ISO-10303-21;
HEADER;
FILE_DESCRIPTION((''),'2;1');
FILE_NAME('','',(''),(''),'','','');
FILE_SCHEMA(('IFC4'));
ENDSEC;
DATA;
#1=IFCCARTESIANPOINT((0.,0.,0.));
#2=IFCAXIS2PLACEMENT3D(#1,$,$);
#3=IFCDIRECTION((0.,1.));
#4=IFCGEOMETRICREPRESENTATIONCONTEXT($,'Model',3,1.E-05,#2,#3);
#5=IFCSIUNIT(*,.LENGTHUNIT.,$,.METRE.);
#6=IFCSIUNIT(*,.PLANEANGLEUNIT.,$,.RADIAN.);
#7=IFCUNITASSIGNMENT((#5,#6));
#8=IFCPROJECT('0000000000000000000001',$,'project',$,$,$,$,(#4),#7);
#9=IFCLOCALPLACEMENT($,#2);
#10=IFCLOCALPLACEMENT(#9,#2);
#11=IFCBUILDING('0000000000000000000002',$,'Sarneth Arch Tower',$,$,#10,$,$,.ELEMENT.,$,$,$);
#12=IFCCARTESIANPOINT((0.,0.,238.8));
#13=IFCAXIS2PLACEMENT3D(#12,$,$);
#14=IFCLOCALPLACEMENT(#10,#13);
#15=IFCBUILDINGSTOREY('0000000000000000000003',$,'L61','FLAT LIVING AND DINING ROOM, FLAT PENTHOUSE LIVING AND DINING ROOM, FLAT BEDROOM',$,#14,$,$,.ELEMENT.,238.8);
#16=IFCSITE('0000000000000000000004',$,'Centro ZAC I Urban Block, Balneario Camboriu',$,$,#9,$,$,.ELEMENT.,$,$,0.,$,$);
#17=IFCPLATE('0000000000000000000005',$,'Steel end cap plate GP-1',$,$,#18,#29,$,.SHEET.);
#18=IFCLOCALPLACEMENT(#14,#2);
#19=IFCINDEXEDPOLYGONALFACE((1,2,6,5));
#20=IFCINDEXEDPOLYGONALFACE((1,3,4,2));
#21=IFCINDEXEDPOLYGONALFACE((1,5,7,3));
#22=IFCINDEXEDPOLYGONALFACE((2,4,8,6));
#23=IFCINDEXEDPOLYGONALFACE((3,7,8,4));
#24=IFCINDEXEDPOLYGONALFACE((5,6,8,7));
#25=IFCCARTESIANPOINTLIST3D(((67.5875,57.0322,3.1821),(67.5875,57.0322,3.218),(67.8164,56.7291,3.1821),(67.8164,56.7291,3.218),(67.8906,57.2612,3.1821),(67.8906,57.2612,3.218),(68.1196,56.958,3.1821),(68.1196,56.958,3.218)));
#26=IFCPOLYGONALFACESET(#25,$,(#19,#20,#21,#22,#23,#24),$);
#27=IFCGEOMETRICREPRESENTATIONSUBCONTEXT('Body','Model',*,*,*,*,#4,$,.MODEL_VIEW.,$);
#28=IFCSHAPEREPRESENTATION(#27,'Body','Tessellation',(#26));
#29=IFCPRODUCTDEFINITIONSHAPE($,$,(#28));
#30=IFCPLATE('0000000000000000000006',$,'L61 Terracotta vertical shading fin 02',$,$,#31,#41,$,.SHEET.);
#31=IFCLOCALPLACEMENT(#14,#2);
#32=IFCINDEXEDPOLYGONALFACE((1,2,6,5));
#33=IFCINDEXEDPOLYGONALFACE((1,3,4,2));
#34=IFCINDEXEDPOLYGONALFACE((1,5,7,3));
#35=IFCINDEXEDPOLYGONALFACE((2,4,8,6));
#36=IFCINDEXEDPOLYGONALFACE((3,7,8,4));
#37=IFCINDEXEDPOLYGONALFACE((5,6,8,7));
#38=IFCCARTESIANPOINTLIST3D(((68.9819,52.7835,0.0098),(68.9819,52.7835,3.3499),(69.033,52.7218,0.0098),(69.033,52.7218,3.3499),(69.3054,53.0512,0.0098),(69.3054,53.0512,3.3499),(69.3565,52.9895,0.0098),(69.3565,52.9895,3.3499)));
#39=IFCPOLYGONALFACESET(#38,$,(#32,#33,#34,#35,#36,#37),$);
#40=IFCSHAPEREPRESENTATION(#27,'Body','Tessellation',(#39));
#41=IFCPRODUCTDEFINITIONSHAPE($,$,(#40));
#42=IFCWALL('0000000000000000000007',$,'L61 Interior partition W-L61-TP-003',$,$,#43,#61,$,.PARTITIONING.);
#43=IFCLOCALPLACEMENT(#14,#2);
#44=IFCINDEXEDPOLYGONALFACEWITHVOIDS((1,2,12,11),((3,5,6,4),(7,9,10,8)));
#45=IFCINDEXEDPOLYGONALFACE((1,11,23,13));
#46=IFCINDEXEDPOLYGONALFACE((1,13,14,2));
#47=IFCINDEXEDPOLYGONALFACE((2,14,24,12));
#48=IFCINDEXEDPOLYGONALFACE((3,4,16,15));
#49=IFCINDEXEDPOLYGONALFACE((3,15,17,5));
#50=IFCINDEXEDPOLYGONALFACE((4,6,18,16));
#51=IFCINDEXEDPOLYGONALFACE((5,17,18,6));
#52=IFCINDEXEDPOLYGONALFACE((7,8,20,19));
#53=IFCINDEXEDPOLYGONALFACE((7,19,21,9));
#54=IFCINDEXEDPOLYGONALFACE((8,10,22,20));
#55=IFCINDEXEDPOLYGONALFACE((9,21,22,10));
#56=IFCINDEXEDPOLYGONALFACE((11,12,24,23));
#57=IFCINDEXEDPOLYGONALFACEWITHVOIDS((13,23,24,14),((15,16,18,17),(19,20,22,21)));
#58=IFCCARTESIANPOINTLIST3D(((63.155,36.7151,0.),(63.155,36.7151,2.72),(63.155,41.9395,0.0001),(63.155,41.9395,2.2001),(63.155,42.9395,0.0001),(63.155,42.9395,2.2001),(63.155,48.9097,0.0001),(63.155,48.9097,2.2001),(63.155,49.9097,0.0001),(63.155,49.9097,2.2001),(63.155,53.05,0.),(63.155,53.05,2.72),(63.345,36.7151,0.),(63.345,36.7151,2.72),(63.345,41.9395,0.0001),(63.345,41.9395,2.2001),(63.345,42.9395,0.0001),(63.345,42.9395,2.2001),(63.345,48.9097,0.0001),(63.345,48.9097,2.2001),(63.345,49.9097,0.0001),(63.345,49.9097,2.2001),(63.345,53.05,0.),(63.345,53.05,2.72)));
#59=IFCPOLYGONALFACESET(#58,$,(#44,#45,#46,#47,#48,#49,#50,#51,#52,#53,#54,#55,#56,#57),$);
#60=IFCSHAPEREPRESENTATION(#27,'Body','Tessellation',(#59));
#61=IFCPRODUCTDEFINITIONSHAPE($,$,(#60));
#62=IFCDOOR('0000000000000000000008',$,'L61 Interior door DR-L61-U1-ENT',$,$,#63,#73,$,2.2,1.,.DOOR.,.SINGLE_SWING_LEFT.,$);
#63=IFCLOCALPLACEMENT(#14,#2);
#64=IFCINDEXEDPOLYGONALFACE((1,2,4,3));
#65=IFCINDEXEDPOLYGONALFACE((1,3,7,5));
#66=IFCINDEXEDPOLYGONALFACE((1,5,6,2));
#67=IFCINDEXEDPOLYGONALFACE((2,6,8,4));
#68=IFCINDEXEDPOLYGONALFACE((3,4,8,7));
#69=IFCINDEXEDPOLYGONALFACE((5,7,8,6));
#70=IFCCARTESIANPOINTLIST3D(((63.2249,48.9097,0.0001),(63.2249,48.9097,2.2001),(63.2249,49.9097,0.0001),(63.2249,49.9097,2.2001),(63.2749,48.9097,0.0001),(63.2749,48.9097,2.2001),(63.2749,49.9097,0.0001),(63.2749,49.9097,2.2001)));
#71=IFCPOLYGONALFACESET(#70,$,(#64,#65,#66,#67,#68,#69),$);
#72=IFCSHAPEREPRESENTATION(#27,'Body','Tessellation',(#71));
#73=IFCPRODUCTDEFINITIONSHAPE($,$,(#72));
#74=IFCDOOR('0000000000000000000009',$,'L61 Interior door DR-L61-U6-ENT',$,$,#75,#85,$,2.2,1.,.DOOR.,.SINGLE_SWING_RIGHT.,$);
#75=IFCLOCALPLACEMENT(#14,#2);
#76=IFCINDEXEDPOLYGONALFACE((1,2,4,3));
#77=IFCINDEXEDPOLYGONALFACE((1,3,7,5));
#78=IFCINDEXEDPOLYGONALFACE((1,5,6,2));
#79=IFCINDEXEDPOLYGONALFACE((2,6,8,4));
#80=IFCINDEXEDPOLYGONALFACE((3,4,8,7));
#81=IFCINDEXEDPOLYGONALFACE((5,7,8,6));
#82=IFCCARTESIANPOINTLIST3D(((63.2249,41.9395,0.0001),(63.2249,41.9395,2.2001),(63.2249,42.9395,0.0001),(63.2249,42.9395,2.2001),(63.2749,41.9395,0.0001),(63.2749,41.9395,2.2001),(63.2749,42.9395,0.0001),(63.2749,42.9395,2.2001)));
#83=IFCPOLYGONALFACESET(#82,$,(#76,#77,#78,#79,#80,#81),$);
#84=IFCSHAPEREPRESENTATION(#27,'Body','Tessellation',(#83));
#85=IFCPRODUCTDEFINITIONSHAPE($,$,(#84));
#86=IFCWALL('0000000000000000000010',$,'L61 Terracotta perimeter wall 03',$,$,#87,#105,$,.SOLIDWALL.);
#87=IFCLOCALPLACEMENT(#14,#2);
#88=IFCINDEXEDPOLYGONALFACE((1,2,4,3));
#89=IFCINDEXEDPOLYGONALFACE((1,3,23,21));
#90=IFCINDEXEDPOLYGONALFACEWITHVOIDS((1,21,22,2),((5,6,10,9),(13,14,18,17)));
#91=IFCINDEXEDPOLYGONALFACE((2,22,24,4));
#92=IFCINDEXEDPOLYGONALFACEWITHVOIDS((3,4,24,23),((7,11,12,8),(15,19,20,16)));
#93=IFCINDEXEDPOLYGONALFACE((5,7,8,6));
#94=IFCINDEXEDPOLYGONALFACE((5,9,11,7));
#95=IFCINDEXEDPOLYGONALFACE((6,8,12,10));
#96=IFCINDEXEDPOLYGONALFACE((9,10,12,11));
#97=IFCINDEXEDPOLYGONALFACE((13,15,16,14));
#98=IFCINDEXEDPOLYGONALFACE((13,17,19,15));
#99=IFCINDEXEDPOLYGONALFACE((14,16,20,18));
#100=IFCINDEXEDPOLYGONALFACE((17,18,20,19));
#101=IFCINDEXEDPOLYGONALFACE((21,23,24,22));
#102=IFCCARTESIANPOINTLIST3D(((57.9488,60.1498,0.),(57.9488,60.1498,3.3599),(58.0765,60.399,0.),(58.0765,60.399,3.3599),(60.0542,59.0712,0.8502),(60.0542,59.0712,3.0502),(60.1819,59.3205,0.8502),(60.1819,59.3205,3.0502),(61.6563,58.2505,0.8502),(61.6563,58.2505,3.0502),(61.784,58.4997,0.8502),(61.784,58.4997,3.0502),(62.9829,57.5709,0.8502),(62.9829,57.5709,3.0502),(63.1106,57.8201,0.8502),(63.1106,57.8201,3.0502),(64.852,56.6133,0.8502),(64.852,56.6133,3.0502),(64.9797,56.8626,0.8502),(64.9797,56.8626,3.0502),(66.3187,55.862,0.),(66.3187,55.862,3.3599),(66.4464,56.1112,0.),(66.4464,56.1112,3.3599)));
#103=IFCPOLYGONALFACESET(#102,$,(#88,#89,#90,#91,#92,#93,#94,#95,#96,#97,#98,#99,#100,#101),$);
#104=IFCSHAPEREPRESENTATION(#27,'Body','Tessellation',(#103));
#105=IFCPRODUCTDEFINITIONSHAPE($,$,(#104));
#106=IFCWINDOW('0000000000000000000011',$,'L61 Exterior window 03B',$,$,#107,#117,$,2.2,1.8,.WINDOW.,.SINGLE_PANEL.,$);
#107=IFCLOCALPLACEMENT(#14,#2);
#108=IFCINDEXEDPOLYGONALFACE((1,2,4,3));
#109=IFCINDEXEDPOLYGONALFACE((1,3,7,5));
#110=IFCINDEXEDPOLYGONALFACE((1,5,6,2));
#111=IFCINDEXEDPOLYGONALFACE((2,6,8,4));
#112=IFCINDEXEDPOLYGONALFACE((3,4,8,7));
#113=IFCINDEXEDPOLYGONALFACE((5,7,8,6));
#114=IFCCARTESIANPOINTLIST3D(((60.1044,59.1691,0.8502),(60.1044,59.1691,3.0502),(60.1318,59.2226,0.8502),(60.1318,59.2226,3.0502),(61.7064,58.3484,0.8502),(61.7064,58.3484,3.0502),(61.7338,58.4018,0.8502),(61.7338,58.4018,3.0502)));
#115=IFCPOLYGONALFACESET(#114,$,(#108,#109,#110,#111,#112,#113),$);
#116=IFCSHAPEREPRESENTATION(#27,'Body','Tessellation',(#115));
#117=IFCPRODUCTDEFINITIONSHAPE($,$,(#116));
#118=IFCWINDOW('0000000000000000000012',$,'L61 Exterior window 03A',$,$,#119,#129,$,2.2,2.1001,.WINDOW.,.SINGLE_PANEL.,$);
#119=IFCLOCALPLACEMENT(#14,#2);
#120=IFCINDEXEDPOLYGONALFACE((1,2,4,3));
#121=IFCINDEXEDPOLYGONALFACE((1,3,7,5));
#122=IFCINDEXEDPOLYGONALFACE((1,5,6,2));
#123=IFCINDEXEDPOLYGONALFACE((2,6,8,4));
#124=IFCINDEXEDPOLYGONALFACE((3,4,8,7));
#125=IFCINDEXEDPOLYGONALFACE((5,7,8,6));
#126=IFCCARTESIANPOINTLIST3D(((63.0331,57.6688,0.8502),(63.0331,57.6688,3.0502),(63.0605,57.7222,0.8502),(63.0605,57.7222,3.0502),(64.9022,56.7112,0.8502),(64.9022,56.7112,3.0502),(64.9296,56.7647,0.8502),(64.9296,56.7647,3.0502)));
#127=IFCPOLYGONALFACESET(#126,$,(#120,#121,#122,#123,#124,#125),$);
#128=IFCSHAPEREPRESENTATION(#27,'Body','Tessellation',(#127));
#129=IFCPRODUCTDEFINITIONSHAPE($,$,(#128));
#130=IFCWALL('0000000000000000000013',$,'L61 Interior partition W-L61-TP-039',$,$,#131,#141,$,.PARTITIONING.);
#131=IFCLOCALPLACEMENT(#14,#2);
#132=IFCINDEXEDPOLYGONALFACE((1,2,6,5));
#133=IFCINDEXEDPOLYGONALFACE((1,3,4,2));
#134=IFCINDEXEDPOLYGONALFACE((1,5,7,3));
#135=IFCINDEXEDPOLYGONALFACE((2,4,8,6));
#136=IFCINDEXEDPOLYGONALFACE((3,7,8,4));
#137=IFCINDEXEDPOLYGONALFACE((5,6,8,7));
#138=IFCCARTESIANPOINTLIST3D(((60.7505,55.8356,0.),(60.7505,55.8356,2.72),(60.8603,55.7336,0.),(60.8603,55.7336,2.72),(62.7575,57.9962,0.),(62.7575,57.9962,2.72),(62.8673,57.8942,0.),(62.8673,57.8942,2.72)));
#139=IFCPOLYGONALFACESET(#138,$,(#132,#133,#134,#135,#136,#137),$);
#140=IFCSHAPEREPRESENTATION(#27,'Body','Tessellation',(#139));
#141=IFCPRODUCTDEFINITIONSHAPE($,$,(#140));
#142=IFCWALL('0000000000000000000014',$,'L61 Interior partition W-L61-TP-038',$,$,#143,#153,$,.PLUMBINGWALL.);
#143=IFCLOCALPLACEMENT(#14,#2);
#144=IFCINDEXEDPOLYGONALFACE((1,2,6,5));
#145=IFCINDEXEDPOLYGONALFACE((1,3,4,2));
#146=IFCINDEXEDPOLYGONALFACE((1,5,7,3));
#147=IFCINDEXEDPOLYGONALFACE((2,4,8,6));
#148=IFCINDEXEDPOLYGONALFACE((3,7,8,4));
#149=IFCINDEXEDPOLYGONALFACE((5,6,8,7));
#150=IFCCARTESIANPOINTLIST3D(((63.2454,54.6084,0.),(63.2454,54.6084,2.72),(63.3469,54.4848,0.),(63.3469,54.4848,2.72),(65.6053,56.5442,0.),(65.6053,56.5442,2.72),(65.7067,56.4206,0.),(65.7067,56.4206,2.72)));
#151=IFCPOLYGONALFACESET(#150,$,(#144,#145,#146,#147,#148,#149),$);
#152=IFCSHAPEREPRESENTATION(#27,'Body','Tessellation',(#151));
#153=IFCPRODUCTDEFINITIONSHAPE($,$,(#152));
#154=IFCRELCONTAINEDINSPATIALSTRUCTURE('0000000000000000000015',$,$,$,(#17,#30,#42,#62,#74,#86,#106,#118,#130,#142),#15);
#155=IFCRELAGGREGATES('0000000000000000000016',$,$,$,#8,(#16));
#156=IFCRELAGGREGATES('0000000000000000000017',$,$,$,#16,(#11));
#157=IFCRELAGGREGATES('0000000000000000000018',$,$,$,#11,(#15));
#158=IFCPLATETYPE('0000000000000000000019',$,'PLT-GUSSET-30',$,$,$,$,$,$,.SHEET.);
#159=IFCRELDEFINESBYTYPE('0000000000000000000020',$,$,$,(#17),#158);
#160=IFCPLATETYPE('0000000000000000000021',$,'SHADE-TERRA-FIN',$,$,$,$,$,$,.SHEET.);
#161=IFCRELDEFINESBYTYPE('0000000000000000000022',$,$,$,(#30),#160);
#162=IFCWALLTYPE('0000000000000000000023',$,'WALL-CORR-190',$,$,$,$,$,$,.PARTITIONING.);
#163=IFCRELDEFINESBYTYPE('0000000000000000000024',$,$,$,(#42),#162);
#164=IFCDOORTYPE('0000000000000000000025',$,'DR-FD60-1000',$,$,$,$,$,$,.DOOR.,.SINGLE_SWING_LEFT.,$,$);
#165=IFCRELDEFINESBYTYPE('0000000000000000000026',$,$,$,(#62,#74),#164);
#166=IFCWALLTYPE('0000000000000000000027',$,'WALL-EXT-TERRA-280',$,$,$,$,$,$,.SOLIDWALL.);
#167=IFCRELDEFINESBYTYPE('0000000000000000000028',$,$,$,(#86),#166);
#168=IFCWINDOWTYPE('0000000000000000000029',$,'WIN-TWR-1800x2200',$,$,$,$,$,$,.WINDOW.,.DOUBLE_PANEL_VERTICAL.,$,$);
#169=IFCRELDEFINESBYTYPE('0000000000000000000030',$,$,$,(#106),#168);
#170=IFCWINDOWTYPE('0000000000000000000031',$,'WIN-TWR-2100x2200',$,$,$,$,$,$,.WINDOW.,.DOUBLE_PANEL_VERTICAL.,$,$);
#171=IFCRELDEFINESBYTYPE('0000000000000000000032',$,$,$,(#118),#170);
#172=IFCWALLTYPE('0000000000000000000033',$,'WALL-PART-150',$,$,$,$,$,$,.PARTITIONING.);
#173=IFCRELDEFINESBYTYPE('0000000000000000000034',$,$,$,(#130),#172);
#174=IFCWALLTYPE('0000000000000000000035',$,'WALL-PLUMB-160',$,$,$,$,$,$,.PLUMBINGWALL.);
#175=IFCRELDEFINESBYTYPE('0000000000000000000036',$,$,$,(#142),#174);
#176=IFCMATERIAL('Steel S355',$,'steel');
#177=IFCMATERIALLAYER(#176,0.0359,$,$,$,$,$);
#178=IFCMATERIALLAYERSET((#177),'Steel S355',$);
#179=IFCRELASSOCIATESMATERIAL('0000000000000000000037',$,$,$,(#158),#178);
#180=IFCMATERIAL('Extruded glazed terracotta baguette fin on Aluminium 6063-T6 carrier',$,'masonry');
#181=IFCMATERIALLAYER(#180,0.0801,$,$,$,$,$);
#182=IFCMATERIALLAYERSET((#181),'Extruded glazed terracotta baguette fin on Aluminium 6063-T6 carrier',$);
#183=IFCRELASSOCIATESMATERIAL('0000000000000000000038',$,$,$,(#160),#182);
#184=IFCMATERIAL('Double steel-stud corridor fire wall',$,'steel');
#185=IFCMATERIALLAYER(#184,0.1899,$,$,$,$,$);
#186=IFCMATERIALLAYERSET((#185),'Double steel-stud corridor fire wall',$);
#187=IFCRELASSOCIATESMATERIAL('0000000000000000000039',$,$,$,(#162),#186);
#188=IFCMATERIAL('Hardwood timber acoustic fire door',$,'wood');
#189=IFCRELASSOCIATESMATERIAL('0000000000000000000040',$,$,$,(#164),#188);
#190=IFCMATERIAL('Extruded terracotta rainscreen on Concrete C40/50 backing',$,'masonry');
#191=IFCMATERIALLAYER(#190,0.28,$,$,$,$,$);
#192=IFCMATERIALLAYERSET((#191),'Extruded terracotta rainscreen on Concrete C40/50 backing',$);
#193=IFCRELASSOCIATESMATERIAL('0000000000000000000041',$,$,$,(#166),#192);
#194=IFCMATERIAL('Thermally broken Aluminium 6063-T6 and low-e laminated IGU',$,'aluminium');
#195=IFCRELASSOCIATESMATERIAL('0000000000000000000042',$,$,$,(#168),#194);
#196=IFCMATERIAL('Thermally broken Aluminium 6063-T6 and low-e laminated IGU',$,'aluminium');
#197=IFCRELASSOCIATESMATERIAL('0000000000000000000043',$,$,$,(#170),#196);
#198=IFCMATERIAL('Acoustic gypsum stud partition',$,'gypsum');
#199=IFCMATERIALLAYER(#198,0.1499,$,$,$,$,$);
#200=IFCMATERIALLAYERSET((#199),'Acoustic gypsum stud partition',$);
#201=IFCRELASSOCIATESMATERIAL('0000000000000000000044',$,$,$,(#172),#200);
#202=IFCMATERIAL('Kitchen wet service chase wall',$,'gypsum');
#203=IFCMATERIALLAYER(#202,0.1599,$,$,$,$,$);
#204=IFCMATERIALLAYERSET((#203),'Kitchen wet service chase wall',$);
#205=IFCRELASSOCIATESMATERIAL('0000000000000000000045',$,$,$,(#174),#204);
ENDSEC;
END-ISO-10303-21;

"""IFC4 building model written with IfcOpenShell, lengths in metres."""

from ifc_helpers import new_model, si_unit, direction, frame, frame_2d, origin, origin_2d, place, context, subcontext, project, spatial, rectangle, extrude, material, layer, layer_set, type_object, element, fill, save


model = new_model("IFC4")

# Units and contexts
model_context = context("Model", 3, precision=1e-05, world=origin(), true_north=direction((0.0, 1.0)))
body_context = subcontext(model_context, "Body", "Model", "MODEL_VIEW")
ifc_project = project(units=[si_unit("LENGTHUNIT", "METRE"), si_unit("PLANEANGLEUNIT", "RADIAN")], contexts=[model_context])

# Site, building, storey
site_placement = place(None, origin())
site = spatial("IfcSite", under=ifc_project, at=site_placement, Name="Centro ZAC I Urban Block, Balneario Camboriu", CompositionType="ELEMENT", RefElevation=0.0)
building_placement = place(site_placement, origin())
building = spatial("IfcBuilding", under=site, at=building_placement, Name="Sarneth Arch Tower", CompositionType="ELEMENT")
storey_placement = place(building_placement, frame((0.0, 0.0, 238.8)))
storey = spatial("IfcBuildingStorey", under=building, at=storey_placement, Name="L61", Description="FLAT LIVING AND DINING ROOM, FLAT PENTHOUSE LIVING AND DINING ROOM, FLAT BEDROOM", CompositionType="ELEMENT", Elevation=238.8)

# Plates
ifc_material_1 = material(Name="Steel S355", Category="steel")
ifc_layer_1 = layer(ifc_material_1, 0.0359)
ifc_layer_set_1 = layer_set([ifc_layer_1], Name="Steel S355")
plate_type_1 = type_object("IfcPlateType", Name="PLT-GUSSET-30", PredefinedType="SHEET", material=ifc_layer_set_1)
plate_1_placement = place(storey_placement, frame((67.8535, 56.9951, 3.1821), z_axis=(0.0, 0.0, 1.0), x_axis=(0.798005, 0.602651, 0.0)))
element("IfcPlate", 1, at=plate_1_placement, inside=storey, type_object=plate_type_1, Name="Steel end cap plate GP-1", PredefinedType="SHEET", context=body_context, shape_type="SweptSolid", body=[
    extrude(rectangle(XDim=0.3799, YDim=0.3799, at=origin_2d()), origin(), (0.0, 0.0, 1.0), 0.0359),
])
ifc_material_2 = material(Name="Extruded glazed terracotta baguette fin on Aluminium 6063-T6 carrier", Category="masonry")
ifc_layer_2 = layer(ifc_material_2, 0.0801)
ifc_layer_set_2 = layer_set([ifc_layer_2], Name="Extruded glazed terracotta baguette fin on Aluminium 6063-T6 carrier")
plate_type_2 = type_object("IfcPlateType", Name="SHADE-TERRA-FIN", PredefinedType="SHEET", material=ifc_layer_set_2)
plate_2_placement = place(storey_placement, frame((69.1692, 52.8865, 0.0098), z_axis=(0.0, 0.0, 1.0), x_axis=(0.770402, 0.637558, 0.0)))
element("IfcPlate", 2, at=plate_2_placement, inside=storey, type_object=plate_type_2, Name="L61 Terracotta vertical shading fin 02", PredefinedType="SHEET", context=body_context, shape_type="SweptSolid", body=[
    extrude(rectangle(XDim=0.4199, YDim=0.0801, at=origin_2d()), origin(), (0.0, 0.0, 1.0), 3.3401),
])

# Wall, openings, doors
ifc_material_3 = material(Name="Double steel-stud corridor fire wall", Category="steel")
ifc_layer_3 = layer(ifc_material_3, 0.1899)
ifc_layer_set_3 = layer_set([ifc_layer_3], Name="Double steel-stud corridor fire wall")
wall_type_1 = type_object("IfcWallType", Name="WALL-CORR-190", PredefinedType="PARTITIONING", material=ifc_layer_set_3)
wall_1_placement = place(storey_placement, frame((63.25, 53.05, 0.0), z_axis=(0.0, 0.0, 1.0), x_axis=(0.0, -1.0, 0.0)))
wall_1 = element("IfcWall", 3, at=wall_1_placement, inside=storey, type_object=wall_type_1, Name="L61 Interior partition W-L61-TP-003", PredefinedType="PARTITIONING", context=body_context, shape_type="SweptSolid", body=[
    extrude(rectangle(XDim=16.335, YDim=0.1899, at=frame_2d((8.1675, 0.0))), origin(), (0.0, 0.0, 1.0), 2.72),
])
opening_1_placement = place(wall_1_placement, frame((3.1404, 0.0, 0.0)))
opening_1 = element("IfcOpeningElement", 4, at=opening_1_placement, cuts=wall_1, PredefinedType="OPENING", context=body_context, shape_type="SweptSolid", body=[
    extrude(rectangle(XDim=1.0, YDim=2.2, at=frame_2d((0.5, 1.1001))), frame((0.0, 0.105, 0.0), z_axis=(0.0, -1.0, 0.0), x_axis=(1.0, 0.0, 0.0)), (0.0, 0.0, 1.0), 0.21),
])
opening_2_placement = place(wall_1_placement, frame((10.1106, 0.0, 0.0)))
opening_2 = element("IfcOpeningElement", 5, at=opening_2_placement, cuts=wall_1, PredefinedType="OPENING", context=body_context, shape_type="SweptSolid", body=[
    extrude(rectangle(XDim=1.0, YDim=2.2, at=frame_2d((0.5, 1.1001))), frame((0.0, 0.105, 0.0), z_axis=(0.0, -1.0, 0.0), x_axis=(1.0, 0.0, 0.0)), (0.0, 0.0, 1.0), 0.21),
])
ifc_material_4 = material(Name="Hardwood timber acoustic fire door", Category="wood")
door_type_1 = type_object("IfcDoorType", Name="DR-FD60-1000", OperationType="SINGLE_SWING_LEFT", PredefinedType="DOOR", material=ifc_material_4)
door_1_placement = place(opening_1_placement, origin())
door_1 = element("IfcDoor", 6, at=door_1_placement, inside=storey, type_object=door_type_1, Name="L61 Interior door DR-L61-U1-ENT", OperationType="SINGLE_SWING_LEFT", OverallHeight=2.2, OverallWidth=1.0, PredefinedType="DOOR", context=body_context, shape_type="SweptSolid", body=[
    extrude(rectangle(XDim=1.0, YDim=2.2, at=frame_2d((0.5, 1.1001))), frame((0.0, 0.0249, 0.0), z_axis=(0.0, -1.0, 0.0), x_axis=(1.0, 0.0, 0.0)), (0.0, 0.0, 1.0), 0.05),
])
fill(opening_1, door_1)
door_2_placement = place(opening_2_placement, origin())
door_2 = element("IfcDoor", 7, at=door_2_placement, inside=storey, type_object=door_type_1, Name="L61 Interior door DR-L61-U6-ENT", OperationType="SINGLE_SWING_RIGHT", OverallHeight=2.2, OverallWidth=1.0, PredefinedType="DOOR", context=body_context, shape_type="SweptSolid", body=[
    extrude(rectangle(XDim=1.0, YDim=2.2, at=frame_2d((0.5, 1.1001))), frame((0.0, 0.0249, 0.0), z_axis=(0.0, -1.0, 0.0), x_axis=(1.0, 0.0, 0.0)), (0.0, 0.0, 1.0), 0.05),
])
fill(opening_2, door_2)

# Wall, openings, windows
ifc_material_5 = material(Name="Extruded terracotta rainscreen on Concrete C40/50 backing", Category="masonry")
ifc_layer_4 = layer(ifc_material_5, 0.28)
ifc_layer_set_4 = layer_set([ifc_layer_4], Name="Extruded terracotta rainscreen on Concrete C40/50 backing")
wall_type_2 = type_object("IfcWallType", Name="WALL-EXT-TERRA-280", PredefinedType="SOLIDWALL", material=ifc_layer_set_4)
wall_2_placement = place(storey_placement, frame((66.3826, 55.9866, 0.0), z_axis=(0.0, 0.0, 1.0), x_axis=(-0.890007, 0.455946, 0.0)))
wall_2 = element("IfcWall", 8, at=wall_2_placement, inside=storey, type_object=wall_type_2, Name="L61 Terracotta perimeter wall 03", PredefinedType="SOLIDWALL", context=body_context, shape_type="SweptSolid", body=[
    extrude(rectangle(XDim=9.4043, YDim=0.28, at=frame_2d((4.7021, 0.0))), origin(), (0.0, 0.0, 1.0), 3.3599),
])
opening_3_placement = place(wall_2_placement, frame((1.6479, 0.0, 0.8501)))
opening_3 = element("IfcOpeningElement", 9, at=opening_3_placement, cuts=wall_2, PredefinedType="OPENING", context=body_context, shape_type="SweptSolid", body=[
    extrude(rectangle(XDim=2.1001, YDim=2.2, at=frame_2d((1.05, 1.1001))), frame((0.0, 0.1499, 0.0), z_axis=(0.0, -1.0, 0.0), x_axis=(1.0, 0.0, 0.0)), (0.0, 0.0, 1.0), 0.3),
])
opening_4_placement = place(wall_2_placement, frame((5.2388, 0.0, 0.8501)))
opening_4 = element("IfcOpeningElement", 10, at=opening_4_placement, cuts=wall_2, PredefinedType="OPENING", context=body_context, shape_type="SweptSolid", body=[
    extrude(rectangle(XDim=1.8, YDim=2.2, at=frame_2d((0.8999, 1.1001))), frame((0.0, 0.1499, 0.0), z_axis=(0.0, -1.0, 0.0), x_axis=(1.0, 0.0, 0.0)), (0.0, 0.0, 1.0), 0.3),
])
ifc_material_6 = material(Name="Thermally broken Aluminium 6063-T6 and low-e laminated IGU", Category="aluminium")
window_type_1 = type_object("IfcWindowType", Name="WIN-TWR-1800x2200", PartitioningType="DOUBLE_PANEL_VERTICAL", PredefinedType="WINDOW", material=ifc_material_6)
window_1_placement = place(opening_4_placement, origin())
window_1 = element("IfcWindow", 11, at=window_1_placement, inside=storey, type_object=window_type_1, Name="L61 Exterior window 03B", OverallHeight=2.2, OverallWidth=1.8, PartitioningType="SINGLE_PANEL", PredefinedType="WINDOW", context=body_context, shape_type="SweptSolid", body=[
    extrude(rectangle(XDim=1.8, YDim=2.2, at=frame_2d((0.8999, 1.1001))), frame((0.0, 0.03, 0.0), z_axis=(0.0, -1.0, 0.0), x_axis=(1.0, 0.0, 0.0)), (0.0, 0.0, 1.0), 0.0601),
])
fill(opening_4, window_1)
ifc_material_7 = material(Name="Thermally broken Aluminium 6063-T6 and low-e laminated IGU", Category="aluminium")
window_type_2 = type_object("IfcWindowType", Name="WIN-TWR-2100x2200", PartitioningType="DOUBLE_PANEL_VERTICAL", PredefinedType="WINDOW", material=ifc_material_7)
window_2_placement = place(opening_3_placement, origin())
window_2 = element("IfcWindow", 12, at=window_2_placement, inside=storey, type_object=window_type_2, Name="L61 Exterior window 03A", OverallHeight=2.2, OverallWidth=2.1001, PartitioningType="SINGLE_PANEL", PredefinedType="WINDOW", context=body_context, shape_type="SweptSolid", body=[
    extrude(rectangle(XDim=2.1001, YDim=2.2, at=frame_2d((1.05, 1.1001))), frame((0.0, 0.03, 0.0), z_axis=(0.0, -1.0, 0.0), x_axis=(1.0, 0.0, 0.0)), (0.0, 0.0, 1.0), 0.0601),
])
fill(opening_3, window_2)

# Walls
ifc_material_8 = material(Name="Acoustic gypsum stud partition", Category="gypsum")
ifc_layer_5 = layer(ifc_material_8, 0.1499)
ifc_layer_set_5 = layer_set([ifc_layer_5], Name="Acoustic gypsum stud partition")
wall_type_3 = type_object("IfcWallType", Name="WALL-PART-150", PredefinedType="PARTITIONING", material=ifc_layer_set_5)
wall_3_placement = place(storey_placement, frame((62.8125, 57.9453, 0.0), z_axis=(0.0, 0.0, 1.0), x_axis=(-0.680591, -0.732664, 0.0)))
element("IfcWall", 13, at=wall_3_placement, inside=storey, type_object=wall_type_3, Name="L61 Interior partition W-L61-TP-039", PredefinedType="PARTITIONING", context=body_context, shape_type="SweptSolid", body=[
    extrude(rectangle(XDim=2.949, YDim=0.1499, at=frame_2d((1.4746, 0.0))), origin(), (0.0, 0.0, 1.0), 2.72),
])
ifc_material_9 = material(Name="Kitchen wet service chase wall", Category="gypsum")
ifc_layer_6 = layer(ifc_material_9, 0.1599)
ifc_layer_set_6 = layer_set([ifc_layer_6], Name="Kitchen wet service chase wall")
wall_type_4 = type_object("IfcWallType", Name="WALL-PLUMB-160", PredefinedType="PLUMBINGWALL", material=ifc_layer_set_6)
wall_4_placement = place(storey_placement, frame((63.2961, 54.5466, 0.0), z_axis=(0.0, 0.0, 1.0), x_axis=(0.773155, 0.634217, 0.0)))
element("IfcWall", 14, at=wall_4_placement, inside=storey, type_object=wall_type_4, Name="L61 Interior partition W-L61-TP-038", PredefinedType="PLUMBINGWALL", context=body_context, shape_type="SweptSolid", body=[
    extrude(rectangle(XDim=3.0522, YDim=0.1599, at=frame_2d((1.5261, 0.0))), origin(), (0.0, 0.0, 1.0), 2.72),
])

save(model, "model.ifc")
